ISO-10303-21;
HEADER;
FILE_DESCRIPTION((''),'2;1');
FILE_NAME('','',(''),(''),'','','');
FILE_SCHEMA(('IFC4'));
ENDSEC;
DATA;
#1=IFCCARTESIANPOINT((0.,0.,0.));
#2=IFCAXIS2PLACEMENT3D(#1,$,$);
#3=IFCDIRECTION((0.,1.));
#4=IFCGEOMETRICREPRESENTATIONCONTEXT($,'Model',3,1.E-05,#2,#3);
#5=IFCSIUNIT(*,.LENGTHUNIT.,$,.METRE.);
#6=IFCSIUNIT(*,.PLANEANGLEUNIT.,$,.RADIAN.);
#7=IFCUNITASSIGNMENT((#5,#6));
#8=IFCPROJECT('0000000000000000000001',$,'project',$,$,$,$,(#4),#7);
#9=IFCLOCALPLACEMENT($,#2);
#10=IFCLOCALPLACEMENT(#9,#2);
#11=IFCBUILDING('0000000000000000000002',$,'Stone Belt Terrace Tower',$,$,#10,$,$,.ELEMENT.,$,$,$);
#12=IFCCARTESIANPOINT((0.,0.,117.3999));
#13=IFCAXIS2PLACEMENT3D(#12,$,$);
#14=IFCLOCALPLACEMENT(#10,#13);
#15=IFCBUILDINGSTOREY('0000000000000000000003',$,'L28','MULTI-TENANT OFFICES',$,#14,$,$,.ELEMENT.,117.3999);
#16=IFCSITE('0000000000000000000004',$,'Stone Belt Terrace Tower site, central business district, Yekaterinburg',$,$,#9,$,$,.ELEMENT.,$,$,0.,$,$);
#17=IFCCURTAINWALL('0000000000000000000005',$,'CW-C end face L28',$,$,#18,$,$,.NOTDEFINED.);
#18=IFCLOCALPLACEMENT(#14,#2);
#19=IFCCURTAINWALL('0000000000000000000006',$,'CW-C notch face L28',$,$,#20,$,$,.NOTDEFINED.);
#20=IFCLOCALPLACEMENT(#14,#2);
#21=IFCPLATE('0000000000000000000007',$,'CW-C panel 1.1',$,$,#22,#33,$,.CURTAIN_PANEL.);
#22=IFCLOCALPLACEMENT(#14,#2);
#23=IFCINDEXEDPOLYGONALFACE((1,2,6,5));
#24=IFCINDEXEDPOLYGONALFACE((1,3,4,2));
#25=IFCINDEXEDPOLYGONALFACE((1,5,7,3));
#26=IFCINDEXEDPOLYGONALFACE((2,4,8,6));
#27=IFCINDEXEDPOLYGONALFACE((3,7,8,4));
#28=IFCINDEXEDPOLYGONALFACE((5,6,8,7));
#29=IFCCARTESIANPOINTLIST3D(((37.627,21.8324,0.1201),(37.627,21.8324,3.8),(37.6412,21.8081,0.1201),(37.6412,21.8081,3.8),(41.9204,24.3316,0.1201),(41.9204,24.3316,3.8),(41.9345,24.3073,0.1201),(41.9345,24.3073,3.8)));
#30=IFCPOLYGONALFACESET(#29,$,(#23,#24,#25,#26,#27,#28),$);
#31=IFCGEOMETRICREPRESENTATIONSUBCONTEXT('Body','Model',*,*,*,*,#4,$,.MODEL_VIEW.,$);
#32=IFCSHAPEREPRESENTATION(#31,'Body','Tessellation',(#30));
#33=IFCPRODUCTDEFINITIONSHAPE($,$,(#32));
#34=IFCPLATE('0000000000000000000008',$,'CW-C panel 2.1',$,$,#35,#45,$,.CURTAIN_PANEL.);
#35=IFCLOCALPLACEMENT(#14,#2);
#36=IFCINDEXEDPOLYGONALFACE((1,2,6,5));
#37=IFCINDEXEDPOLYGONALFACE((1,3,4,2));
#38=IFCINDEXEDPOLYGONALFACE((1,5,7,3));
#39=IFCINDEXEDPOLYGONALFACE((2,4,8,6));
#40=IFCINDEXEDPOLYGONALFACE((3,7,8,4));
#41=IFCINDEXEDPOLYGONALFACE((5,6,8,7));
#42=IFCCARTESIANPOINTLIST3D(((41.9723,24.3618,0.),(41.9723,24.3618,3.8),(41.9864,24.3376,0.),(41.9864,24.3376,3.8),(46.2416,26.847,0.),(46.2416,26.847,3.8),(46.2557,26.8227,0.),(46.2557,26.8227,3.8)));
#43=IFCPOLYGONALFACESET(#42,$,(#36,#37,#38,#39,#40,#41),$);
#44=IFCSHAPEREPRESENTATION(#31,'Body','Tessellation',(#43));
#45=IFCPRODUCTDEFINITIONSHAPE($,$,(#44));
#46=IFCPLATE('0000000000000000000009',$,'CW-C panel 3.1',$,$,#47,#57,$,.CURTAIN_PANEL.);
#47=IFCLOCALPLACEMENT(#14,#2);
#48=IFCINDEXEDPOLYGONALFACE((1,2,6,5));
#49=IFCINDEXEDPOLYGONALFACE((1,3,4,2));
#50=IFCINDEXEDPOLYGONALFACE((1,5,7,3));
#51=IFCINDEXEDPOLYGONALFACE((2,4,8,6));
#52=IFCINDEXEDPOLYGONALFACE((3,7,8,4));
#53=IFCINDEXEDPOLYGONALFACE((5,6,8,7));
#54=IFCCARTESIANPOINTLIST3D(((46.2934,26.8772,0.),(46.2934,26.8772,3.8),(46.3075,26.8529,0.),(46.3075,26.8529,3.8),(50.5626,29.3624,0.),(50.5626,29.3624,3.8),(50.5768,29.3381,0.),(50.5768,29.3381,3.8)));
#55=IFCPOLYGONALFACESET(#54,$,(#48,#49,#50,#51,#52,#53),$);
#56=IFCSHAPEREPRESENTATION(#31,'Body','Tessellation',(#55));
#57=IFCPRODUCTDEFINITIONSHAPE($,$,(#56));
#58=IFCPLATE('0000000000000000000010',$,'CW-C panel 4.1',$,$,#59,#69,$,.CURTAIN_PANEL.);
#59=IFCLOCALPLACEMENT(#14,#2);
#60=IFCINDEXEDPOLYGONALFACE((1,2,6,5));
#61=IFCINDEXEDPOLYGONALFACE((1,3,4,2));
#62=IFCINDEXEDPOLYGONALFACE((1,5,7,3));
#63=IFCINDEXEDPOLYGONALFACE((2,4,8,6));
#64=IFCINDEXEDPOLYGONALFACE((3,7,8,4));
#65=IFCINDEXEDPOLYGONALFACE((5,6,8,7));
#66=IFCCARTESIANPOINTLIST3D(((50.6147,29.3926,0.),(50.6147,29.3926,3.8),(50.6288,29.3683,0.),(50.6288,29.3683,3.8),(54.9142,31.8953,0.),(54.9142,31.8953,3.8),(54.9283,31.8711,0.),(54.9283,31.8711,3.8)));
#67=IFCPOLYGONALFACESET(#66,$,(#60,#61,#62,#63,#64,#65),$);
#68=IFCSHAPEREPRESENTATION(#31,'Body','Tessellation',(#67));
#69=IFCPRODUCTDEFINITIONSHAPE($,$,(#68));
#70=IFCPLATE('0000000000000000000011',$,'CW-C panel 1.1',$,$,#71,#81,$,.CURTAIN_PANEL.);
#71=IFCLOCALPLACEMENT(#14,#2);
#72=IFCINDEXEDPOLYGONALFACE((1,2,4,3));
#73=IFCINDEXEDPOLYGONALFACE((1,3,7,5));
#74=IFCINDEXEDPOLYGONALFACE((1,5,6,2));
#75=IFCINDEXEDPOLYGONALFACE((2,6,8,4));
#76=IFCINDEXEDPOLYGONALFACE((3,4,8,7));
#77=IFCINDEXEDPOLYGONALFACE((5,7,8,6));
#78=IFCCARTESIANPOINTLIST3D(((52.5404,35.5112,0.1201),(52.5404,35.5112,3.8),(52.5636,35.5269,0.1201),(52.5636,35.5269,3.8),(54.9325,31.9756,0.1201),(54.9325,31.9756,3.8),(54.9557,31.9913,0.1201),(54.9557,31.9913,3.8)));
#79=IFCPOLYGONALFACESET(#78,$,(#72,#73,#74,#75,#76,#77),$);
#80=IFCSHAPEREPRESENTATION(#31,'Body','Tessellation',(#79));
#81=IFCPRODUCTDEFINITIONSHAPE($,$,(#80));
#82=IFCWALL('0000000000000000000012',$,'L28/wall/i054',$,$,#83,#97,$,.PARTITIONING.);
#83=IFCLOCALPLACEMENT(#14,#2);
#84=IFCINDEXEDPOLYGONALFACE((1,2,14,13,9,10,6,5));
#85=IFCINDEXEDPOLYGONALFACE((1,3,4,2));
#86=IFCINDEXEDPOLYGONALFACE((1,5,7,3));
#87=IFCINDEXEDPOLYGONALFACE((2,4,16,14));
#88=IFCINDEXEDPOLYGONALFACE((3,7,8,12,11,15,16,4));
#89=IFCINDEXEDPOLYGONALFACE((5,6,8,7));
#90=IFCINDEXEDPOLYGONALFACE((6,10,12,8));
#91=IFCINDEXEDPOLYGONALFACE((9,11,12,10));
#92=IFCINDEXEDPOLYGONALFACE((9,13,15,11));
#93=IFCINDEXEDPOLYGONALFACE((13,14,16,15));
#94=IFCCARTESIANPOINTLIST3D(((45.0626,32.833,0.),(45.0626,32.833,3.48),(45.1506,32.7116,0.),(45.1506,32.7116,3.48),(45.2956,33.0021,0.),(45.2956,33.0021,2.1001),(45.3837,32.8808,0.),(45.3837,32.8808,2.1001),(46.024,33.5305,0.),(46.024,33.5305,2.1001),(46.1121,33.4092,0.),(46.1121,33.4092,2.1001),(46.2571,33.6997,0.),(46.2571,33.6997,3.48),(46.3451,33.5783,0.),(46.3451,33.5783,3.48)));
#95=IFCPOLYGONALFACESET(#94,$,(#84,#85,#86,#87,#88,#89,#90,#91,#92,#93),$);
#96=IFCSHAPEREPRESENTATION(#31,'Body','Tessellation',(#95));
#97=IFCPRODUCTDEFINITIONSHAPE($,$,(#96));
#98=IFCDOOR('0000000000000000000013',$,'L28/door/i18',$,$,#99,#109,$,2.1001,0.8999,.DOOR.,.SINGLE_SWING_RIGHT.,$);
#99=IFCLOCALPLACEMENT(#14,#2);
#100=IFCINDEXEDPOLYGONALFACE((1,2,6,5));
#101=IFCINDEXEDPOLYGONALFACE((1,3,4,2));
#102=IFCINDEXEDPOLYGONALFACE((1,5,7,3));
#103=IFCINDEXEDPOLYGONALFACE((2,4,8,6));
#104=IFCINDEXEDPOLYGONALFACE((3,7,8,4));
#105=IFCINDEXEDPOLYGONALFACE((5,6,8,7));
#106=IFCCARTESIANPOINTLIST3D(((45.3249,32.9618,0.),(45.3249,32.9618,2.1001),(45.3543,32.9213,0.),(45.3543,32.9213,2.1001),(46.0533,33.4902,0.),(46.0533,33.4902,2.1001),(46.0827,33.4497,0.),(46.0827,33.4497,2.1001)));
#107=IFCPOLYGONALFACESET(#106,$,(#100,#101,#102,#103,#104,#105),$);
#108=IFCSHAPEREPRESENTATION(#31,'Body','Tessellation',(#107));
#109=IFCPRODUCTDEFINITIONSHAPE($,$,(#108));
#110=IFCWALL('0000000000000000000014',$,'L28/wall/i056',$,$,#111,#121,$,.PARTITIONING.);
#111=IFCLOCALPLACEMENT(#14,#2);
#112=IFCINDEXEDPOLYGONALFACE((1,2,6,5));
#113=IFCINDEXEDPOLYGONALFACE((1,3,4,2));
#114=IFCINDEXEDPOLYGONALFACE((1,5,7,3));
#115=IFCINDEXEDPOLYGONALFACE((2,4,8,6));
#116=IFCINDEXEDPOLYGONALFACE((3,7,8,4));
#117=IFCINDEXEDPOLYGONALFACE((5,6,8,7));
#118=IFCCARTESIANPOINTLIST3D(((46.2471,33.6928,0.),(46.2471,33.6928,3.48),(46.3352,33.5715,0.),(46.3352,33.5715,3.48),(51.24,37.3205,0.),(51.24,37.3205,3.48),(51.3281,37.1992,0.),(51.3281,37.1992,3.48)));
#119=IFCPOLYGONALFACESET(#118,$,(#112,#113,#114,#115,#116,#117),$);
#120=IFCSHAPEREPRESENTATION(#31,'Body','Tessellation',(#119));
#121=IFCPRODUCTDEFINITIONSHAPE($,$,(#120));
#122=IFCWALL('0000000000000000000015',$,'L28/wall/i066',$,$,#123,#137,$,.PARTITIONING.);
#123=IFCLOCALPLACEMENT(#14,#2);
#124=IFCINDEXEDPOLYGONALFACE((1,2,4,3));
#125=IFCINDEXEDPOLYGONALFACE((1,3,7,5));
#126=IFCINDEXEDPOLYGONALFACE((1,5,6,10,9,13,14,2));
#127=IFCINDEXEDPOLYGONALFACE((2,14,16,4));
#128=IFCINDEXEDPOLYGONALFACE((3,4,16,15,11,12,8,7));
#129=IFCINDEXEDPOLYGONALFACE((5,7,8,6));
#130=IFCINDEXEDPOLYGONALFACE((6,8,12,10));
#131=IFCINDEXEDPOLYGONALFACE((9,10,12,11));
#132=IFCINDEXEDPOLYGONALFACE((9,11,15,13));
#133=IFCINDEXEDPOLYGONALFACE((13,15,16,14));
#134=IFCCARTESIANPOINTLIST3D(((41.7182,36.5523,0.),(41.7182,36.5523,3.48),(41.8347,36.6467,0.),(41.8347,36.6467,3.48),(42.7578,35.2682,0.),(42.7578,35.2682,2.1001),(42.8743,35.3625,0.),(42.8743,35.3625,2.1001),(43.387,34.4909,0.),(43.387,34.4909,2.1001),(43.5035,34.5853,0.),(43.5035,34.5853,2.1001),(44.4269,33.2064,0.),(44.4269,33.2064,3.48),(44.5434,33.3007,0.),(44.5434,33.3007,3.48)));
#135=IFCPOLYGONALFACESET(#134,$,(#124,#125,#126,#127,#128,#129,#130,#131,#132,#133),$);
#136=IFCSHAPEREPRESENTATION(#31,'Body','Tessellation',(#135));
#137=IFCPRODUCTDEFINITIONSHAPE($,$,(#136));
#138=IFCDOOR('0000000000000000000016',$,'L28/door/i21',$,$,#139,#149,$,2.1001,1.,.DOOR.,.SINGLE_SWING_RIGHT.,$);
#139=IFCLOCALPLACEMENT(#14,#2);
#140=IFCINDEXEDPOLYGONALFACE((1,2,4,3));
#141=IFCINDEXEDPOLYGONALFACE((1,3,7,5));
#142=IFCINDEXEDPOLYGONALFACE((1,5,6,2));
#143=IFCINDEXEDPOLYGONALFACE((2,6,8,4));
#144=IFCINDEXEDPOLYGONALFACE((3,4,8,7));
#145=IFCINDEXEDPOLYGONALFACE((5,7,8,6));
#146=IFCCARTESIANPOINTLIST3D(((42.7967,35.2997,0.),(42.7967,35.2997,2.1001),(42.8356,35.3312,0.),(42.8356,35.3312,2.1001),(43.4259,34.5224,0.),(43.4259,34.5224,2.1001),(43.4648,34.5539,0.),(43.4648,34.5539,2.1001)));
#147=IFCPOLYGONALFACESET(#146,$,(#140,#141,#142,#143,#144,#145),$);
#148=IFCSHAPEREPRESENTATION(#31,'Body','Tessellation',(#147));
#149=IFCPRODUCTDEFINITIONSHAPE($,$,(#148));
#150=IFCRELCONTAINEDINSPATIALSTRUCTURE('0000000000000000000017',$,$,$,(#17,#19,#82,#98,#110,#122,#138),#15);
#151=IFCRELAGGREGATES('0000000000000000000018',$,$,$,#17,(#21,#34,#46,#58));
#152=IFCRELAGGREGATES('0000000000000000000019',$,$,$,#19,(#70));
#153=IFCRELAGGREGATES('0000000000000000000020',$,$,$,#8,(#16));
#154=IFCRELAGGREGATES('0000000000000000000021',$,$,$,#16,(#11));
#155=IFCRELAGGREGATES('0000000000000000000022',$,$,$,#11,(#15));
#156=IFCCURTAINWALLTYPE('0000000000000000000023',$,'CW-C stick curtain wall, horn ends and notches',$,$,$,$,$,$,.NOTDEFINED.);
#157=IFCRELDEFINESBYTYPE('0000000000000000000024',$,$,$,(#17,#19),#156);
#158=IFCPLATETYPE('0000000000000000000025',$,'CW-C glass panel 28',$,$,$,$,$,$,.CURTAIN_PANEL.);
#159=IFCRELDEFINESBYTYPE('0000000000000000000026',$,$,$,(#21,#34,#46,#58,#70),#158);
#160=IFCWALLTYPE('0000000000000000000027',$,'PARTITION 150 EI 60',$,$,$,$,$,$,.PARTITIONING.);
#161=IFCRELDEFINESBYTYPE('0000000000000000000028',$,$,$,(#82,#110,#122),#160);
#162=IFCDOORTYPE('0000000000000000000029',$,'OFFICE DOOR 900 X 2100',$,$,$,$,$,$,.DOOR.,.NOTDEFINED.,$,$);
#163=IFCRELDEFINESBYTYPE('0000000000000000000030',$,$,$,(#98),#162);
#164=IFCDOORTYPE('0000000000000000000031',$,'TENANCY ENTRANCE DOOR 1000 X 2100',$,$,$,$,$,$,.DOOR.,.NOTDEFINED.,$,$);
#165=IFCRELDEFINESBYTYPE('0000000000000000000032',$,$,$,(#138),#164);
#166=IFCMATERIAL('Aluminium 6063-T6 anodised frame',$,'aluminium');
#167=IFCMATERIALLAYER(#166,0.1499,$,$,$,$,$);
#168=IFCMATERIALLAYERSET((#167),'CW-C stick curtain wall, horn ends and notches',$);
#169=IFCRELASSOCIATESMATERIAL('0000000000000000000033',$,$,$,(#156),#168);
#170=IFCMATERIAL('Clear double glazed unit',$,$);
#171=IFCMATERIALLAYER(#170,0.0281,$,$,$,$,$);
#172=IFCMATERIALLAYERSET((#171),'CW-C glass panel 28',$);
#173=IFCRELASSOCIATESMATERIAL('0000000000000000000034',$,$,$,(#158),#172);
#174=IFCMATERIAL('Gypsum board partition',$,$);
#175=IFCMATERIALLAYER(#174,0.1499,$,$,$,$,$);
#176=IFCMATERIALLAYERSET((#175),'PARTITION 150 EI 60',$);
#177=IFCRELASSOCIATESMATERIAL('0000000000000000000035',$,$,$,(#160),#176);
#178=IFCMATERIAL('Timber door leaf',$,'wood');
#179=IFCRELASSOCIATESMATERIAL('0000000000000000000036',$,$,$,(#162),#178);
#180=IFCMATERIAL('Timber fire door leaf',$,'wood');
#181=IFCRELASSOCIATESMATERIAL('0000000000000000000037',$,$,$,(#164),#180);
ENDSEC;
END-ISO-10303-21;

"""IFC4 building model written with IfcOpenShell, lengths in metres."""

from ifc_helpers import new_model, si_unit, direction, frame, frame_2d, origin, origin_2d, place, context, subcontext, project, spatial, rectangle, extrude, material, layer, layer_set, type_object, element, fill, aggregate, save


model = new_model("IFC4")

# Units and contexts
model_context = context("Model", 3, precision=1e-05, world=origin(), true_north=direction((0.0, 1.0)))
body_context = subcontext(model_context, "Body", "Model", "MODEL_VIEW")
ifc_project = project(units=[si_unit("LENGTHUNIT", "METRE"), si_unit("PLANEANGLEUNIT", "RADIAN")], contexts=[model_context])

# Site, building, storey
site_placement = place(None, origin())
site = spatial("IfcSite", under=ifc_project, at=site_placement, Name="Stone Belt Terrace Tower site, central business district, Yekaterinburg", CompositionType="ELEMENT", RefElevation=0.0)
building_placement = place(site_placement, origin())
building = spatial("IfcBuilding", under=site, at=building_placement, Name="Stone Belt Terrace Tower", CompositionType="ELEMENT")
storey_placement = place(building_placement, frame((0.0, 0.0, 117.3999)))
storey = spatial("IfcBuildingStorey", under=building, at=storey_placement, Name="L28", Description="MULTI-TENANT OFFICES", CompositionType="ELEMENT", Elevation=117.3999)

# Curtain walls
ifc_material_1 = material(Name="Aluminium 6063-T6 anodised frame", Category="aluminium")
ifc_layer_1 = layer(ifc_material_1, 0.1499)
ifc_layer_set_1 = layer_set([ifc_layer_1], Name="CW-C stick curtain wall, horn ends and notches")
curtain_wall_type = type_object("IfcCurtainWallType", Name="CW-C stick curtain wall, horn ends and notches", PredefinedType="NOTDEFINED", material=ifc_layer_set_1)
curtain_wall_1_placement = place(storey_placement, origin())
curtain_wall_1 = element("IfcCurtainWall", 1, at=curtain_wall_1_placement, inside=storey, type_object=curtain_wall_type, Name="CW-C end face L28", PredefinedType="NOTDEFINED")
curtain_wall_2_placement = place(storey_placement, origin())
curtain_wall_2 = element("IfcCurtainWall", 2, at=curtain_wall_2_placement, inside=storey, type_object=curtain_wall_type, Name="CW-C notch face L28", PredefinedType="NOTDEFINED")

# Plates
ifc_material_2 = material(Name="Clear double glazed unit")
ifc_layer_2 = layer(ifc_material_2, 0.0281)
ifc_layer_set_2 = layer_set([ifc_layer_2], Name="CW-C glass panel 28")
plate_type = type_object("IfcPlateType", Name="CW-C glass panel 28", PredefinedType="CURTAIN_PANEL", material=ifc_layer_set_2)
plate_1_placement = place(storey_placement, frame((39.7808, 23.0698, 0.1201), z_axis=(0.0, 0.0, 1.0), x_axis=(0.864239, 0.503081, 0.0)))
plate_1 = element("IfcPlate", 3, at=plate_1_placement, type_object=plate_type, Name="CW-C panel 1.1", PredefinedType="CURTAIN_PANEL", context=body_context, shape_type="SweptSolid", body=[
    extrude(rectangle(XDim=4.9678, YDim=0.0281, at=origin_2d()), origin(), (0.0, 0.0, 1.0), 3.6799),
])
plate_2_placement = place(storey_placement, frame((44.114, 25.5923, 0.0), z_axis=(0.0, 0.0, 1.0), x_axis=(0.864239, 0.503081, 0.0)))
plate_2 = element("IfcPlate", 4, at=plate_2_placement, type_object=plate_type, Name="CW-C panel 2.1", PredefinedType="CURTAIN_PANEL", context=body_context, shape_type="SweptSolid", body=[
    extrude(rectangle(XDim=4.9399, YDim=0.0281, at=origin_2d()), origin(), (0.0, 0.0, 1.0), 3.8),
])
plate_3_placement = place(storey_placement, frame((48.4351, 28.1077, 0.0), z_axis=(0.0, 0.0, 1.0), x_axis=(0.864239, 0.503081, 0.0)))
plate_3 = element("IfcPlate", 5, at=plate_3_placement, type_object=plate_type, Name="CW-C panel 3.1", PredefinedType="CURTAIN_PANEL", context=body_context, shape_type="SweptSolid", body=[
    extrude(rectangle(XDim=4.9399, YDim=0.0281, at=origin_2d()), origin(), (0.0, 0.0, 1.0), 3.8),
])
plate_4_placement = place(storey_placement, frame((52.7715, 30.6318, 0.0), z_axis=(0.0, 0.0, 1.0), x_axis=(0.864239, 0.503081, 0.0)))
plate_4 = element("IfcPlate", 6, at=plate_4_placement, type_object=plate_type, Name="CW-C panel 4.1", PredefinedType="CURTAIN_PANEL", context=body_context, shape_type="SweptSolid", body=[
    extrude(rectangle(XDim=4.9749, YDim=0.0281, at=origin_2d()), origin(), (0.0, 0.0, 1.0), 3.8),
])
aggregate(curtain_wall_1, [plate_1, plate_2, plate_3, plate_4])
plate_5_placement = place(storey_placement, frame((53.748, 33.7512, 0.1201), z_axis=(0.0, 0.0, 1.0), x_axis=(-0.560367, 0.828244, 0.0)))
plate_5 = element("IfcPlate", 7, at=plate_5_placement, type_object=plate_type, Name="CW-C panel 1.1", PredefinedType="CURTAIN_PANEL", context=body_context, shape_type="SweptSolid", body=[
    extrude(rectangle(XDim=4.2688, YDim=0.0281, at=origin_2d()), origin(), (0.0, 0.0, 1.0), 3.6799),
])
aggregate(curtain_wall_2, [plate_5])

# Wall, opening, door
ifc_material_3 = material(Name="Gypsum board partition")
ifc_layer_3 = layer(ifc_material_3, 0.1499)
ifc_layer_set_3 = layer_set([ifc_layer_3], Name="PARTITION 150 EI 60")
wall_type = type_object("IfcWallType", Name="PARTITION 150 EI 60", PredefinedType="PARTITIONING", material=ifc_layer_set_3)
wall_1_placement = place(storey_placement, frame((46.301, 33.6389, 0.0), z_axis=(0.0, 0.0, 1.0), x_axis=(-0.809408, -0.587247, 0.0)))
wall_1 = element("IfcWall", 8, at=wall_1_placement, inside=storey, type_object=wall_type, Name="L28/wall/i054", PredefinedType="PARTITIONING", context=body_context, shape_type="SweptSolid", body=[
    extrude(rectangle(XDim=1.4758, YDim=0.1499, at=frame_2d((0.7378, 0.0))), origin(), (0.0, 0.0, 1.0), 3.48),
])
opening_1_placement = place(wall_1_placement, frame((0.2878, 0.0, 0.0)))
opening_1 = element("IfcOpeningElement", 9, at=opening_1_placement, cuts=wall_1, PredefinedType="OPENING", context=body_context, shape_type="SweptSolid", body=[
    extrude(rectangle(XDim=0.8999, YDim=2.1001, at=frame_2d((0.45, 1.05))), frame((0.0, 0.085, 0.0), z_axis=(0.0, -1.0, 0.0), x_axis=(1.0, 0.0, 0.0)), (0.0, 0.0, 1.0), 0.1699),
])
ifc_material_4 = material(Name="Timber door leaf", Category="wood")
door_type_1 = type_object("IfcDoorType", Name="OFFICE DOOR 900 X 2100", OperationType="NOTDEFINED", PredefinedType="DOOR", material=ifc_material_4)
door_1_placement = place(opening_1_placement, origin())
door_1 = element("IfcDoor", 10, at=door_1_placement, inside=storey, type_object=door_type_1, Name="L28/door/i18", OperationType="SINGLE_SWING_RIGHT", OverallHeight=2.1001, OverallWidth=0.8999, PredefinedType="DOOR", context=body_context, shape_type="SweptSolid", body=[
    extrude(rectangle(XDim=0.8999, YDim=2.1001, at=frame_2d((0.45, 1.05))), frame((0.0, 0.0249, 0.0), z_axis=(0.0, -1.0, 0.0), x_axis=(1.0, 0.0, 0.0)), (0.0, 0.0, 1.0), 0.05),
])
fill(opening_1, door_1)

# Wall
wall_2_placement = place(storey_placement, frame((46.291, 33.6321, 0.0), z_axis=(0.0, 0.0, 1.0), x_axis=(0.809008, 0.587798, 0.0)))
element("IfcWall", 11, at=wall_2_placement, inside=storey, type_object=wall_type, Name="L28/wall/i056", PredefinedType="PARTITIONING", context=body_context, shape_type="SweptSolid", body=[
    extrude(rectangle(XDim=6.1716, YDim=0.1499, at=frame_2d((3.0859, 0.0))), origin(), (0.0, 0.0, 1.0), 3.48),
])

# Wall, opening, door
wall_3_placement = place(storey_placement, frame((44.4851, 33.2537, 0.0), z_axis=(0.0, 0.0, 1.0), x_axis=(-0.629215, 0.777232, 0.0)))
wall_3 = element("IfcWall", 12, at=wall_3_placement, inside=storey, type_object=wall_type, Name="L28/wall/i066", PredefinedType="PARTITIONING", context=body_context, shape_type="SweptSolid", body=[
    extrude(rectangle(XDim=4.3049, YDim=0.1499, at=frame_2d((2.1523, 0.0))), origin(), (0.0, 0.0, 1.0), 3.48),
])
opening_2_placement = place(wall_3_placement, frame((1.6526, 0.0, 0.0)))
opening_2 = element("IfcOpeningElement", 13, at=opening_2_placement, cuts=wall_3, PredefinedType="OPENING", context=body_context, shape_type="SweptSolid", body=[
    extrude(rectangle(XDim=1.0, YDim=2.1001, at=frame_2d((0.5, 1.05))), frame((0.0, 0.085, 0.0), z_axis=(0.0, -1.0, 0.0), x_axis=(1.0, 0.0, 0.0)), (0.0, 0.0, 1.0), 0.1699),
])
ifc_material_5 = material(Name="Timber fire door leaf", Category="wood")
door_type_2 = type_object("IfcDoorType", Name="TENANCY ENTRANCE DOOR 1000 X 2100", OperationType="NOTDEFINED", PredefinedType="DOOR", material=ifc_material_5)
door_2_placement = place(opening_2_placement, origin())
door_2 = element("IfcDoor", 14, at=door_2_placement, inside=storey, type_object=door_type_2, Name="L28/door/i21", OperationType="SINGLE_SWING_RIGHT", OverallHeight=2.1001, OverallWidth=1.0, PredefinedType="DOOR", context=body_context, shape_type="SweptSolid", body=[
    extrude(rectangle(XDim=1.0, YDim=2.1001, at=frame_2d((0.5, 1.05))), frame((0.0, 0.0249, 0.0), z_axis=(0.0, -1.0, 0.0), x_axis=(1.0, 0.0, 0.0)), (0.0, 0.0, 1.0), 0.05),
])
fill(opening_2, door_2)

save(model, "model.ifc")
